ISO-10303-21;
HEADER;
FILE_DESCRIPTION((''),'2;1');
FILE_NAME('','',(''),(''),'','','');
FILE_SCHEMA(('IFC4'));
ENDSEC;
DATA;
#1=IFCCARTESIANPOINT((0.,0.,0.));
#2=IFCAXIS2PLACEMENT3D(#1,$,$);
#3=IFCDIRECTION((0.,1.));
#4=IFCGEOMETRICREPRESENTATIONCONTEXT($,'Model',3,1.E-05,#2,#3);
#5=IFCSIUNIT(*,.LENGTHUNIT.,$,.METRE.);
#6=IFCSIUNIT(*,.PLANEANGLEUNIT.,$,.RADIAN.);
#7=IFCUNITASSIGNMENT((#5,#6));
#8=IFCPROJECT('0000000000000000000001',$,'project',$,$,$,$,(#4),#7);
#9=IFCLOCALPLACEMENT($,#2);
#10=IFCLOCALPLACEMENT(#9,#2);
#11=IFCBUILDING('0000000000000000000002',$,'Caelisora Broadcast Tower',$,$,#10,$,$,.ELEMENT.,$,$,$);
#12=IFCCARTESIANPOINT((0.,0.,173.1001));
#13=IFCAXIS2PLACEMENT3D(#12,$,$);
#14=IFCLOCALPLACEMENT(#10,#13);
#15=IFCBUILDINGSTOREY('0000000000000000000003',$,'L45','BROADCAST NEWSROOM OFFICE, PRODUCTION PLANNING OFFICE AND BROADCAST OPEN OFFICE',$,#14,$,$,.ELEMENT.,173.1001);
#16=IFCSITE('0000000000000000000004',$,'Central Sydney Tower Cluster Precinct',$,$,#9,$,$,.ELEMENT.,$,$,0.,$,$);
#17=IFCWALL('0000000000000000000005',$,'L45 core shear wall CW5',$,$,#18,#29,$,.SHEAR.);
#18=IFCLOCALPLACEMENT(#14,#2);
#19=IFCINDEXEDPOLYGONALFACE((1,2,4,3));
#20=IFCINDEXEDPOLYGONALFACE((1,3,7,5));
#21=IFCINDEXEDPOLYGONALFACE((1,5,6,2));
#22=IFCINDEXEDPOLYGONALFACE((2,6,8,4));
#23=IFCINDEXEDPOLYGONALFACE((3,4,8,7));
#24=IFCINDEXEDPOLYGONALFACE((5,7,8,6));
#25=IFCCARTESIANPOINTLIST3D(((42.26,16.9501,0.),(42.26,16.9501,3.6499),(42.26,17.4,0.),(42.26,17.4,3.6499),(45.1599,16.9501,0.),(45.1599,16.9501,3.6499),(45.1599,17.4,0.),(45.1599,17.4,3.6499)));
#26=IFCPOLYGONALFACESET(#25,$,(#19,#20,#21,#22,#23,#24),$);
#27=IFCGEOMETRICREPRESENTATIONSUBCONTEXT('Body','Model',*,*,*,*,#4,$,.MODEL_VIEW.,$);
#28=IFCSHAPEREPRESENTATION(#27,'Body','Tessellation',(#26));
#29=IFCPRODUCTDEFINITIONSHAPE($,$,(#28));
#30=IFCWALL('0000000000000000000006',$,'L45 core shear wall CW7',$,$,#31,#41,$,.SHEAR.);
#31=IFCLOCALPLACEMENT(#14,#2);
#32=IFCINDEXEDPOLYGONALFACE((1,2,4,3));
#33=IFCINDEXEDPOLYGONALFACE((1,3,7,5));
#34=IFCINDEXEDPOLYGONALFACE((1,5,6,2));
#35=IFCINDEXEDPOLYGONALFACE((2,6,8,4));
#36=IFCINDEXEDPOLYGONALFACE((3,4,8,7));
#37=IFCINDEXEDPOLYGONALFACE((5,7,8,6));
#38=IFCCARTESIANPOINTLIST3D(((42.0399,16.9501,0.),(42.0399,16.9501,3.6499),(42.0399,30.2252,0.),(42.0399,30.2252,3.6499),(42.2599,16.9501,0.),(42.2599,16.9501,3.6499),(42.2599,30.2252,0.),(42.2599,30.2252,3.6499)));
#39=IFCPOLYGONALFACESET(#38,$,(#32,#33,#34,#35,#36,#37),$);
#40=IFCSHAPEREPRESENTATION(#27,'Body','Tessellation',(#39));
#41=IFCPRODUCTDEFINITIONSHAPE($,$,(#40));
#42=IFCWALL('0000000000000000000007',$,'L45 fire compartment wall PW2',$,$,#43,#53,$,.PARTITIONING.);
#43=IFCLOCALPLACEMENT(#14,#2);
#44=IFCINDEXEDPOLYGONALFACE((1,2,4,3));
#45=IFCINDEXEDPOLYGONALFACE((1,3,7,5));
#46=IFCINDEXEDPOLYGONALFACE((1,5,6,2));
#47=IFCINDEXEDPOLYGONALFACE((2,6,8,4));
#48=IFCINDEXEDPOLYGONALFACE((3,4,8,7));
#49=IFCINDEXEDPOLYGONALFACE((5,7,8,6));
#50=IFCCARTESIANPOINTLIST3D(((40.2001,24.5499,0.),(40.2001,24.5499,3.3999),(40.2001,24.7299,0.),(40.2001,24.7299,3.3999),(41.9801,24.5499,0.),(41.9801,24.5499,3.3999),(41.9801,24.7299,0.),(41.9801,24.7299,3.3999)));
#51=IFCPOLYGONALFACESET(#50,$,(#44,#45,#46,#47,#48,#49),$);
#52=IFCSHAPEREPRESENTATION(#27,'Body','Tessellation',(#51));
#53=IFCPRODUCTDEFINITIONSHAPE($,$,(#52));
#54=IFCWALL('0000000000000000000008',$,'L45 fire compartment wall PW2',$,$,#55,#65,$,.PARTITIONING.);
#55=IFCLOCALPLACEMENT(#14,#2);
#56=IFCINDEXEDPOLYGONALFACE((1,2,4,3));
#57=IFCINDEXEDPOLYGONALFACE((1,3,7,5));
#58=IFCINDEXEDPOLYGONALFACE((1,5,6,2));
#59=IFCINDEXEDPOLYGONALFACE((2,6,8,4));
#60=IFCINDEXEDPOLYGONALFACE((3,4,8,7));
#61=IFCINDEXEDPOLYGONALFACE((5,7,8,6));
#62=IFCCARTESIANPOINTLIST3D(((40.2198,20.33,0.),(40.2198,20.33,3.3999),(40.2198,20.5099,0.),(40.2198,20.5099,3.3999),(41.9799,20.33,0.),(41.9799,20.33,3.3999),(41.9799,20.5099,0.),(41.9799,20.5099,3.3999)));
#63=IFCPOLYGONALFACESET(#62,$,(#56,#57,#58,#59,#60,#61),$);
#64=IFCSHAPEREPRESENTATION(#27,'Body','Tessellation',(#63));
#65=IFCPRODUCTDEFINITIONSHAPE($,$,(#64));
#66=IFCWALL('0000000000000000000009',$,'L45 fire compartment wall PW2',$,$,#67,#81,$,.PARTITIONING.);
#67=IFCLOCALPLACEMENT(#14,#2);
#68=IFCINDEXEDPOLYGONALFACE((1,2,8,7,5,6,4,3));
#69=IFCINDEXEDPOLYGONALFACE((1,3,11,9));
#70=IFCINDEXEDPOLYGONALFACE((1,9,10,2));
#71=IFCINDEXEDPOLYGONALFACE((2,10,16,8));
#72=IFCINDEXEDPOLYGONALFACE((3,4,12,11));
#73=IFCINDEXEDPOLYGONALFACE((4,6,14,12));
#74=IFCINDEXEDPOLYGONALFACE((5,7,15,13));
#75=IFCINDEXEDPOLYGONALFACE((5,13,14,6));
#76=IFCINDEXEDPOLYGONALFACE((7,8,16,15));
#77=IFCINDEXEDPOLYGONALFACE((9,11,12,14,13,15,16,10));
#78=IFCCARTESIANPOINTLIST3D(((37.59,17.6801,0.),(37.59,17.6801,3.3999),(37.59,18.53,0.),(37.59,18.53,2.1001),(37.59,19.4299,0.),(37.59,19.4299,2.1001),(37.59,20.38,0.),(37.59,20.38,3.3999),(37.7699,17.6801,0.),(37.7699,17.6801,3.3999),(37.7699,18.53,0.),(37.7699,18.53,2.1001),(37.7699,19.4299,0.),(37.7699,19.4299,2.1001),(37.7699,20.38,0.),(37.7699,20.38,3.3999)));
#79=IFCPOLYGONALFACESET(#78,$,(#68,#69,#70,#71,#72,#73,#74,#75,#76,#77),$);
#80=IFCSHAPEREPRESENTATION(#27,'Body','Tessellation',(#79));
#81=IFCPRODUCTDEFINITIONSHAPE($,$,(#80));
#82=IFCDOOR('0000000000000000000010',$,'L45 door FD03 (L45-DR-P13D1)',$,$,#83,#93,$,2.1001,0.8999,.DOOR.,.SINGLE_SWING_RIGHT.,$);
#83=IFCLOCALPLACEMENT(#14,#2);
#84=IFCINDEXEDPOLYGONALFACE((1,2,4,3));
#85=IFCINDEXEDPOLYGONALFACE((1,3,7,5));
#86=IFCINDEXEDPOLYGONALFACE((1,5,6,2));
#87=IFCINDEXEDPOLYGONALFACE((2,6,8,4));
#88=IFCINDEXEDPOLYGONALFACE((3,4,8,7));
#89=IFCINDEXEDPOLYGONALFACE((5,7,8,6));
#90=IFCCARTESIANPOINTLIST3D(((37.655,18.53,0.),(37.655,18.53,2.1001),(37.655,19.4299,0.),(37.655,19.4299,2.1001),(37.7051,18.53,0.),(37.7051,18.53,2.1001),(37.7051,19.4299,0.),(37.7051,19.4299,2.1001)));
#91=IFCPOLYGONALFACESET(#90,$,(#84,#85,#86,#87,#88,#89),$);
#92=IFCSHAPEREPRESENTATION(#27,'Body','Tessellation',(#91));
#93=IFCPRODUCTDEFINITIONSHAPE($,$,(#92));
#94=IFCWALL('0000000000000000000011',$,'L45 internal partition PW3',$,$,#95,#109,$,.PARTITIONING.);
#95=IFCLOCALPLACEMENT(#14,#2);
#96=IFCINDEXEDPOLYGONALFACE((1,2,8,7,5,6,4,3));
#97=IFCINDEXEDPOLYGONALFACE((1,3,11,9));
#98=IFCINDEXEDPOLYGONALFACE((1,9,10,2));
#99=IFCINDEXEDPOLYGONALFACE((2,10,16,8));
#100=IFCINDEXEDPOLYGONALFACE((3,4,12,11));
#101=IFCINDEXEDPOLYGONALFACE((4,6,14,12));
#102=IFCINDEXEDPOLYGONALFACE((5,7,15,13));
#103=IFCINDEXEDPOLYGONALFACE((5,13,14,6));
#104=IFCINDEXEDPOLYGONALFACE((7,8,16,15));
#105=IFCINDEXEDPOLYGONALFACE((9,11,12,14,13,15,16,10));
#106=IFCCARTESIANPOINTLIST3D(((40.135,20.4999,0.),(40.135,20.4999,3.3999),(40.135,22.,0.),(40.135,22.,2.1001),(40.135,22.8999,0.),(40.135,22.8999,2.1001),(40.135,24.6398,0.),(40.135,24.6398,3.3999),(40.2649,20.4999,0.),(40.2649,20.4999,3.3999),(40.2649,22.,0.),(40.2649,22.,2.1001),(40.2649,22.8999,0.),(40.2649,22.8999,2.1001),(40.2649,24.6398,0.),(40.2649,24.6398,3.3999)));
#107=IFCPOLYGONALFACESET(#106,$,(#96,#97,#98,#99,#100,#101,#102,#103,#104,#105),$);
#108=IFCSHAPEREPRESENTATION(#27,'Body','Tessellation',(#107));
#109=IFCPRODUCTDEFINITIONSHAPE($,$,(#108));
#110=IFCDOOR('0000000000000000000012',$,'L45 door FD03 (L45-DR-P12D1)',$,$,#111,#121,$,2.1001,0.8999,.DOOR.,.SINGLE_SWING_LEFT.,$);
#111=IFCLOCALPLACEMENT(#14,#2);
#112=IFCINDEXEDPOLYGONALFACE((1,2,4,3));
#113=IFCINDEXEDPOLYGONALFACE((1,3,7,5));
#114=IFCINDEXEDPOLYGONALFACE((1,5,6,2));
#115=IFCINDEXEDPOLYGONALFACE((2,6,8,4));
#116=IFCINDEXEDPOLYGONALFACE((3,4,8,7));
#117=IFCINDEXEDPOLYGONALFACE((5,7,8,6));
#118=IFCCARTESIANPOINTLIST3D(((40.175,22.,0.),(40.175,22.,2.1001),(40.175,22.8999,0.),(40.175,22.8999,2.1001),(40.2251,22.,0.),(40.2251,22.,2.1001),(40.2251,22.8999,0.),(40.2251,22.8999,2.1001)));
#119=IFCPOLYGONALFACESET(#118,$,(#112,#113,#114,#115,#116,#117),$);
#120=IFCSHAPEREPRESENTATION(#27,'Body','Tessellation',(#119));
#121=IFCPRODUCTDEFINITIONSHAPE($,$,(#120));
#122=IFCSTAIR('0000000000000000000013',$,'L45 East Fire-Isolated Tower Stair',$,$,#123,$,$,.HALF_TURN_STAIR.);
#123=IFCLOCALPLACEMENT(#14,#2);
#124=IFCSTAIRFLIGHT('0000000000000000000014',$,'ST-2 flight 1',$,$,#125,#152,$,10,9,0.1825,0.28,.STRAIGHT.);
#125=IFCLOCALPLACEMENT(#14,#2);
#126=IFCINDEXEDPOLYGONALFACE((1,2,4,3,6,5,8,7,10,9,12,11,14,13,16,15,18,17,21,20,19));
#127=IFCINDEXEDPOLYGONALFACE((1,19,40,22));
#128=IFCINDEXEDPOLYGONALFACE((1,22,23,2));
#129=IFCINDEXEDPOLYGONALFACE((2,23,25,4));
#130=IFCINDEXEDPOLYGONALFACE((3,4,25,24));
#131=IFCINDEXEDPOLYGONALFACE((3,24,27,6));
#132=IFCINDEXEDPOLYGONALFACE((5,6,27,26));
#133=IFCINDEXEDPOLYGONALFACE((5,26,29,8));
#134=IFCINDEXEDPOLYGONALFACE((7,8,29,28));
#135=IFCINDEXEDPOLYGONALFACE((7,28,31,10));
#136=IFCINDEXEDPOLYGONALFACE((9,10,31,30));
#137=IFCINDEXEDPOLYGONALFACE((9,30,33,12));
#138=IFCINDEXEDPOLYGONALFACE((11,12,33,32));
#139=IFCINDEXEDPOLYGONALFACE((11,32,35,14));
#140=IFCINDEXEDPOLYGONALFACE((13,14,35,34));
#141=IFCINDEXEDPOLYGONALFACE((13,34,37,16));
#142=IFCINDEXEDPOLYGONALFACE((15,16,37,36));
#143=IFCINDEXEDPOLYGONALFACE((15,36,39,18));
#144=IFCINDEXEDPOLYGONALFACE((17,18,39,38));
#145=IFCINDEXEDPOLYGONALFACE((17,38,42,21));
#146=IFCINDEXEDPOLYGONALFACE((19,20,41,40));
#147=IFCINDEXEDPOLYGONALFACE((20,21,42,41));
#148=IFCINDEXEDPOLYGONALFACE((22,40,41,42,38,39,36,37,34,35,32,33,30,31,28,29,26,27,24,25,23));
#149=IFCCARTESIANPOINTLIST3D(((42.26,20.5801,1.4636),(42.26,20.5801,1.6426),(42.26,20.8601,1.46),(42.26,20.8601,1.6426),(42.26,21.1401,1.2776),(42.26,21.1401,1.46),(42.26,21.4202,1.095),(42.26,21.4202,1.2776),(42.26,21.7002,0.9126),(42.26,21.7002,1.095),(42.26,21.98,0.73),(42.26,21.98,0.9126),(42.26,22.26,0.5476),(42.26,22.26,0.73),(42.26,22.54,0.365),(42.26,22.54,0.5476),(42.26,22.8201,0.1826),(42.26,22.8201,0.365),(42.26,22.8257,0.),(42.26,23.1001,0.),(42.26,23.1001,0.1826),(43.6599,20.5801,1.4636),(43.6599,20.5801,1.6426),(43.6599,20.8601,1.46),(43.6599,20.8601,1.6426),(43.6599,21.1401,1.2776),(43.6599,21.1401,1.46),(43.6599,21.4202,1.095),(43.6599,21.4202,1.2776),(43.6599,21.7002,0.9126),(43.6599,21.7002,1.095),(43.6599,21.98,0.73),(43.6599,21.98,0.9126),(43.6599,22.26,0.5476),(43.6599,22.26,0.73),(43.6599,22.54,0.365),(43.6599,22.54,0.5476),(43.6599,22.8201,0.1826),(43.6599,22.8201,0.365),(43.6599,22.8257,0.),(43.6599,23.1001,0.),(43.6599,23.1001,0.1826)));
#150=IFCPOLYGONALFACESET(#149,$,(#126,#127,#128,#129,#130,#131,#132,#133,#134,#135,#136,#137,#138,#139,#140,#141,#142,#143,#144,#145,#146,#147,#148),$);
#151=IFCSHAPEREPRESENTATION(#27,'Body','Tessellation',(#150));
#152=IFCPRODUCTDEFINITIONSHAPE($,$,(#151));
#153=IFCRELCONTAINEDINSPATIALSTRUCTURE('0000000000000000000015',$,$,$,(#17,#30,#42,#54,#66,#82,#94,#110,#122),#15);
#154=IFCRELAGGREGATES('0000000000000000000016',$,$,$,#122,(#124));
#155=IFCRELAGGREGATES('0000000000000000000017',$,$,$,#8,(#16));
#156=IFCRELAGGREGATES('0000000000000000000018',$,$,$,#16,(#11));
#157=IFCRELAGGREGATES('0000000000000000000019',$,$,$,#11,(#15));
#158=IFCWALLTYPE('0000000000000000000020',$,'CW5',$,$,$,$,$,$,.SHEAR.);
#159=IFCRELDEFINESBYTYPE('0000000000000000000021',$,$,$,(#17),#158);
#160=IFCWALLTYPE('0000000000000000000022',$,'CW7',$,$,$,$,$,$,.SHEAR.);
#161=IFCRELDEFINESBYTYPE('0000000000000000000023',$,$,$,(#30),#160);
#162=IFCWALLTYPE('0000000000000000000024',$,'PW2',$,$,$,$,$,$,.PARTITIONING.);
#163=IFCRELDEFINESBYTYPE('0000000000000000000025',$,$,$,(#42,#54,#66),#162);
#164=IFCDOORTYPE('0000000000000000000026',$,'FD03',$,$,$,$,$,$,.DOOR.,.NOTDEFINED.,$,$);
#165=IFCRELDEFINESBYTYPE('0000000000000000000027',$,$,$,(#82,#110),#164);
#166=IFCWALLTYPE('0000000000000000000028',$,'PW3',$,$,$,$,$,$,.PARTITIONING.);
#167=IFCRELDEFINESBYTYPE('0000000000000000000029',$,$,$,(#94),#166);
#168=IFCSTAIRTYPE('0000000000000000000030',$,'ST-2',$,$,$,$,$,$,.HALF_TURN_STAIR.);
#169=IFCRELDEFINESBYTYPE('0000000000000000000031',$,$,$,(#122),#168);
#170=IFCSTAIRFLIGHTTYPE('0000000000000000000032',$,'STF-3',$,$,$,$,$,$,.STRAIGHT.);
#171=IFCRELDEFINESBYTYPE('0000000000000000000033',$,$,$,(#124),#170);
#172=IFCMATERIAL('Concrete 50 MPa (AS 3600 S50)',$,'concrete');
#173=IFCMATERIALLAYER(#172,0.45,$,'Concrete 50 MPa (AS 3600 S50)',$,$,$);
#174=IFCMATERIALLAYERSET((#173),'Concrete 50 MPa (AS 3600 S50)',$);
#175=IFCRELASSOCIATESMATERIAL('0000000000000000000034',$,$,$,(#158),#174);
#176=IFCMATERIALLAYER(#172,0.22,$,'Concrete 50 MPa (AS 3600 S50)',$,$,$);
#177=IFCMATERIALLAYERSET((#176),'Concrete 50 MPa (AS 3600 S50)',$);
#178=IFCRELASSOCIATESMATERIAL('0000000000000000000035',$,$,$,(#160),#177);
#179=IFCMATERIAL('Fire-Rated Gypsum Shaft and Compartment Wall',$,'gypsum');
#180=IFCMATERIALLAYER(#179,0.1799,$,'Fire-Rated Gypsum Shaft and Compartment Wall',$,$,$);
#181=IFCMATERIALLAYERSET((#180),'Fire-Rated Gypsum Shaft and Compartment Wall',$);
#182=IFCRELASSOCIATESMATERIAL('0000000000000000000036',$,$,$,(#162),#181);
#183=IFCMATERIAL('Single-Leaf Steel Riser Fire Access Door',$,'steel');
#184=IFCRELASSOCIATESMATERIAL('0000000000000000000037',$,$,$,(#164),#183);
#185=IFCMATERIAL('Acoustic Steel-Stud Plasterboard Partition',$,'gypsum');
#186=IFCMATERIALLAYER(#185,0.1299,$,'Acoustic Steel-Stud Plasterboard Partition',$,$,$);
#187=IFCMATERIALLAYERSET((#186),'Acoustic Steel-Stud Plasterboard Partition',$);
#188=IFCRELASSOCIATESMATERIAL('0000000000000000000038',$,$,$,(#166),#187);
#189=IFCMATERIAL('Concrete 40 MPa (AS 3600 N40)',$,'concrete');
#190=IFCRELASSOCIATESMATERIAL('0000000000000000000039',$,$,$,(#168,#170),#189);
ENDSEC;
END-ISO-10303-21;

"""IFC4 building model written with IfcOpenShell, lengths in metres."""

from ifc_helpers import new_model, si_unit, direction, frame, frame_2d, origin, place, context, subcontext, project, spatial, polyline, rectangle, outline, extrude, material, layer, layer_set, type_object, element, fill, aggregate, save


model = new_model("IFC4")

# Units and contexts
model_context = context("Model", 3, precision=1e-05, world=origin(), true_north=direction((0.0, 1.0)))
body_context = subcontext(model_context, "Body", "Model", "MODEL_VIEW")
ifc_project = project(units=[si_unit("LENGTHUNIT", "METRE"), si_unit("PLANEANGLEUNIT", "RADIAN")], contexts=[model_context])

# Site, building, storey
site_placement = place(None, origin())
site = spatial("IfcSite", under=ifc_project, at=site_placement, Name="Central Sydney Tower Cluster Precinct", CompositionType="ELEMENT", RefElevation=0.0)
building_placement = place(site_placement, origin())
building = spatial("IfcBuilding", under=site, at=building_placement, Name="Caelisora Broadcast Tower", CompositionType="ELEMENT")
storey_placement = place(building_placement, frame((0.0, 0.0, 173.1001)))
storey = spatial("IfcBuildingStorey", under=building, at=storey_placement, Name="L45", Description="BROADCAST NEWSROOM OFFICE, PRODUCTION PLANNING OFFICE AND BROADCAST OPEN OFFICE", CompositionType="ELEMENT", Elevation=173.1001)

# Shared definitions
ifc_material_1 = material(Name="Concrete 50 MPa (AS 3600 S50)", Category="concrete")

# Walls
ifc_layer_1 = layer(ifc_material_1, 0.45, Name="Concrete 50 MPa (AS 3600 S50)")
ifc_layer_set_1 = layer_set([ifc_layer_1], Name="Concrete 50 MPa (AS 3600 S50)")
wall_type_1 = type_object("IfcWallType", Name="CW5", PredefinedType="SHEAR", material=ifc_layer_set_1)
wall_1_placement = place(storey_placement, frame((42.26, 17.175, 0.0), z_axis=(0.0, 0.0, 1.0), x_axis=(1.0, 0.0, 0.0)))
element("IfcWall", 1, at=wall_1_placement, inside=storey, type_object=wall_type_1, Name="L45 core shear wall CW5", PredefinedType="SHEAR", context=body_context, shape_type="SweptSolid", body=[
    extrude(rectangle(XDim=2.8999, YDim=0.45, at=frame_2d((1.45, 0.0))), origin(), (0.0, 0.0, 1.0), 3.6499),
])
ifc_layer_2 = layer(ifc_material_1, 0.22, Name="Concrete 50 MPa (AS 3600 S50)")
ifc_layer_set_2 = layer_set([ifc_layer_2], Name="Concrete 50 MPa (AS 3600 S50)")
wall_type_2 = type_object("IfcWallType", Name="CW7", PredefinedType="SHEAR", material=ifc_layer_set_2)
wall_2_placement = place(storey_placement, frame((42.1499, 16.95, 0.0), z_axis=(0.0, 0.0, 1.0), x_axis=(0.0, 1.0, 0.0)))
element("IfcWall", 2, at=wall_2_placement, inside=storey, type_object=wall_type_2, Name="L45 core shear wall CW7", PredefinedType="SHEAR", context=body_context, shape_type="SweptSolid", body=[
    extrude(rectangle(XDim=13.2751, YDim=0.22, at=frame_2d((6.6377, 0.0))), origin(), (0.0, 0.0, 1.0), 3.6499),
])
ifc_material_2 = material(Name="Fire-Rated Gypsum Shaft and Compartment Wall", Category="gypsum")
ifc_layer_3 = layer(ifc_material_2, 0.1799, Name="Fire-Rated Gypsum Shaft and Compartment Wall")
ifc_layer_set_3 = layer_set([ifc_layer_3], Name="Fire-Rated Gypsum Shaft and Compartment Wall")
wall_type_3 = type_object("IfcWallType", Name="PW2", PredefinedType="PARTITIONING", material=ifc_layer_set_3)
wall_3_placement = place(storey_placement, frame((40.2, 24.6399, 0.0), z_axis=(0.0, 0.0, 1.0), x_axis=(1.0, 0.0, 0.0)))
element("IfcWall", 3, at=wall_3_placement, inside=storey, type_object=wall_type_3, Name="L45 fire compartment wall PW2", PredefinedType="PARTITIONING", context=body_context, shape_type="SweptSolid", body=[
    extrude(rectangle(XDim=1.78, YDim=0.1799, at=frame_2d((0.8901, 0.0))), origin(), (0.0, 0.0, 1.0), 3.3999),
])
wall_4_placement = place(storey_placement, frame((40.22, 20.4199, 0.0), z_axis=(0.0, 0.0, 1.0), x_axis=(1.0, 0.0, 0.0)))
element("IfcWall", 4, at=wall_4_placement, inside=storey, type_object=wall_type_3, Name="L45 fire compartment wall PW2", PredefinedType="PARTITIONING", context=body_context, shape_type="SweptSolid", body=[
    extrude(rectangle(XDim=1.76, YDim=0.1799, at=frame_2d((0.8799, 0.0))), origin(), (0.0, 0.0, 1.0), 3.3999),
])

# Walls, openings, doors
wall_5_placement = place(storey_placement, frame((37.6799, 17.6799, 0.0), z_axis=(0.0, 0.0, 1.0), x_axis=(0.0, 1.0, 0.0)))
wall_5 = element("IfcWall", 5, at=wall_5_placement, inside=storey, type_object=wall_type_3, Name="L45 fire compartment wall PW2", PredefinedType="PARTITIONING", context=body_context, shape_type="SweptSolid", body=[
    extrude(rectangle(XDim=2.7, YDim=0.1799, at=frame_2d((1.3501, 0.0))), origin(), (0.0, 0.0, 1.0), 3.3999),
])
opening_1_placement = place(wall_5_placement, frame((0.8501, 0.0, 0.0)))
opening_1 = element("IfcOpeningElement", 6, at=opening_1_placement, cuts=wall_5, PredefinedType="OPENING", context=body_context, shape_type="SweptSolid", body=[
    extrude(rectangle(XDim=0.8999, YDim=2.1001, at=frame_2d((0.45, 1.05))), frame((0.0, 0.1021, 0.0), z_axis=(0.0, -1.0, 0.0), x_axis=(1.0, 0.0, 0.0)), (0.0, 0.0, 1.0), 0.2039),
])
ifc_material_3 = material(Name="Single-Leaf Steel Riser Fire Access Door", Category="steel")
door_type_1 = type_object("IfcDoorType", Name="FD03", OperationType="NOTDEFINED", PredefinedType="DOOR", material=ifc_material_3)
door_1_placement = place(opening_1_placement, origin())
door_1 = element("IfcDoor", 7, at=door_1_placement, inside=storey, type_object=door_type_1, Name="L45 door FD03 (L45-DR-P13D1)", OperationType="SINGLE_SWING_RIGHT", OverallHeight=2.1001, OverallWidth=0.8999, PredefinedType="DOOR", context=body_context, shape_type="SweptSolid", body=[
    extrude(rectangle(XDim=0.8999, YDim=2.1001, at=frame_2d((0.45, 1.05))), frame((0.0, 0.0249, 0.0), z_axis=(0.0, -1.0, 0.0), x_axis=(1.0, 0.0, 0.0)), (0.0, 0.0, 1.0), 0.05),
])
fill(opening_1, door_1)
ifc_material_4 = material(Name="Acoustic Steel-Stud Plasterboard Partition", Category="gypsum")
ifc_layer_4 = layer(ifc_material_4, 0.1299, Name="Acoustic Steel-Stud Plasterboard Partition")
ifc_layer_set_4 = layer_set([ifc_layer_4], Name="Acoustic Steel-Stud Plasterboard Partition")
wall_type_4 = type_object("IfcWallType", Name="PW3", PredefinedType="PARTITIONING", material=ifc_layer_set_4)
wall_6_placement = place(storey_placement, frame((40.2, 20.5, 0.0), z_axis=(0.0, 0.0, 1.0), x_axis=(0.0, 1.0, 0.0)))
wall_6 = element("IfcWall", 8, at=wall_6_placement, inside=storey, type_object=wall_type_4, Name="L45 internal partition PW3", PredefinedType="PARTITIONING", context=body_context, shape_type="SweptSolid", body=[
    extrude(rectangle(XDim=4.1399, YDim=0.1299, at=frame_2d((2.0698, 0.0))), origin(), (0.0, 0.0, 1.0), 3.3999),
])
opening_2_placement = place(wall_6_placement, frame((1.5, 0.0, 0.0)))
opening_2 = element("IfcOpeningElement", 9, at=opening_2_placement, cuts=wall_6, PredefinedType="OPENING", context=body_context, shape_type="SweptSolid", body=[
    extrude(rectangle(XDim=0.8999, YDim=2.1001, at=frame_2d((0.45, 1.05))), frame((0.0, 0.0769, 0.0), z_axis=(0.0, -1.0, 0.0), x_axis=(1.0, 0.0, 0.0)), (0.0, 0.0, 1.0), 0.1538),
])
door_2_placement = place(opening_2_placement, origin())
door_2 = element("IfcDoor", 10, at=door_2_placement, inside=storey, type_object=door_type_1, Name="L45 door FD03 (L45-DR-P12D1)", OperationType="SINGLE_SWING_LEFT", OverallHeight=2.1001, OverallWidth=0.8999, PredefinedType="DOOR", context=body_context, shape_type="SweptSolid", body=[
    extrude(rectangle(XDim=0.8999, YDim=2.1001, at=frame_2d((0.45, 1.05))), frame((0.0, 0.0249, 0.0), z_axis=(0.0, -1.0, 0.0), x_axis=(1.0, 0.0, 0.0)), (0.0, 0.0, 1.0), 0.05),
])
fill(opening_2, door_2)

# Stair, stair flight
ifc_material_5 = material(Name="Concrete 40 MPa (AS 3600 N40)", Category="concrete")
stair_type = type_object("IfcStairType", Name="ST-2", PredefinedType="HALF_TURN_STAIR", material=ifc_material_5)
stair_placement = place(storey_placement, origin())
stair = element("IfcStair", 11, at=stair_placement, inside=storey, type_object=stair_type, Name="L45 East Fire-Isolated Tower Stair", PredefinedType="HALF_TURN_STAIR")
stair_flight_type = type_object("IfcStairFlightType", Name="STF-3", PredefinedType="STRAIGHT", material=ifc_material_5)
stair_flight_1_placement = place(storey_placement, frame((42.96, 23.1001, 0.0), z_axis=(0.0, 0.0, 1.0), x_axis=(0.0, -1.0, 0.0)))
stair_flight_1 = element("IfcStairFlight", 12, at=stair_flight_1_placement, type_object=stair_flight_type, Name="ST-2 flight 1", NumberOfRisers=10, NumberOfTreads=9, PredefinedType="STRAIGHT", RiserHeight=0.1825, TreadLength=0.28, context=body_context, shape_type="SweptSolid", body=[
    extrude(outline(polyline([(0.0, 0.0), (0.0, 0.1826), (0.28, 0.1826), (0.28, 0.365), (0.5601, 0.365), (0.5601, 0.5476), (0.8401, 0.5476), (0.8401, 0.73), (1.1201, 0.73), (1.1201, 0.9126), (1.3999, 0.9126), (1.3999, 1.095), (1.6799, 1.095), (1.6799, 1.2776), (1.96, 1.2776), (1.96, 1.46), (2.24, 1.46), (2.24, 1.6426), (2.52, 1.6426), (2.52, 1.825), (2.52, 1.4636), (0.2744, 0.0), (0.0, 0.0)])), frame((0.0, 0.7, 0.0), z_axis=(0.0, -1.0, 0.0), x_axis=(1.0, 0.0, 0.0)), (0.0, 0.0, 1.0), 1.3999),
])
aggregate(stair, [stair_flight_1])

save(model, "model.ifc")
